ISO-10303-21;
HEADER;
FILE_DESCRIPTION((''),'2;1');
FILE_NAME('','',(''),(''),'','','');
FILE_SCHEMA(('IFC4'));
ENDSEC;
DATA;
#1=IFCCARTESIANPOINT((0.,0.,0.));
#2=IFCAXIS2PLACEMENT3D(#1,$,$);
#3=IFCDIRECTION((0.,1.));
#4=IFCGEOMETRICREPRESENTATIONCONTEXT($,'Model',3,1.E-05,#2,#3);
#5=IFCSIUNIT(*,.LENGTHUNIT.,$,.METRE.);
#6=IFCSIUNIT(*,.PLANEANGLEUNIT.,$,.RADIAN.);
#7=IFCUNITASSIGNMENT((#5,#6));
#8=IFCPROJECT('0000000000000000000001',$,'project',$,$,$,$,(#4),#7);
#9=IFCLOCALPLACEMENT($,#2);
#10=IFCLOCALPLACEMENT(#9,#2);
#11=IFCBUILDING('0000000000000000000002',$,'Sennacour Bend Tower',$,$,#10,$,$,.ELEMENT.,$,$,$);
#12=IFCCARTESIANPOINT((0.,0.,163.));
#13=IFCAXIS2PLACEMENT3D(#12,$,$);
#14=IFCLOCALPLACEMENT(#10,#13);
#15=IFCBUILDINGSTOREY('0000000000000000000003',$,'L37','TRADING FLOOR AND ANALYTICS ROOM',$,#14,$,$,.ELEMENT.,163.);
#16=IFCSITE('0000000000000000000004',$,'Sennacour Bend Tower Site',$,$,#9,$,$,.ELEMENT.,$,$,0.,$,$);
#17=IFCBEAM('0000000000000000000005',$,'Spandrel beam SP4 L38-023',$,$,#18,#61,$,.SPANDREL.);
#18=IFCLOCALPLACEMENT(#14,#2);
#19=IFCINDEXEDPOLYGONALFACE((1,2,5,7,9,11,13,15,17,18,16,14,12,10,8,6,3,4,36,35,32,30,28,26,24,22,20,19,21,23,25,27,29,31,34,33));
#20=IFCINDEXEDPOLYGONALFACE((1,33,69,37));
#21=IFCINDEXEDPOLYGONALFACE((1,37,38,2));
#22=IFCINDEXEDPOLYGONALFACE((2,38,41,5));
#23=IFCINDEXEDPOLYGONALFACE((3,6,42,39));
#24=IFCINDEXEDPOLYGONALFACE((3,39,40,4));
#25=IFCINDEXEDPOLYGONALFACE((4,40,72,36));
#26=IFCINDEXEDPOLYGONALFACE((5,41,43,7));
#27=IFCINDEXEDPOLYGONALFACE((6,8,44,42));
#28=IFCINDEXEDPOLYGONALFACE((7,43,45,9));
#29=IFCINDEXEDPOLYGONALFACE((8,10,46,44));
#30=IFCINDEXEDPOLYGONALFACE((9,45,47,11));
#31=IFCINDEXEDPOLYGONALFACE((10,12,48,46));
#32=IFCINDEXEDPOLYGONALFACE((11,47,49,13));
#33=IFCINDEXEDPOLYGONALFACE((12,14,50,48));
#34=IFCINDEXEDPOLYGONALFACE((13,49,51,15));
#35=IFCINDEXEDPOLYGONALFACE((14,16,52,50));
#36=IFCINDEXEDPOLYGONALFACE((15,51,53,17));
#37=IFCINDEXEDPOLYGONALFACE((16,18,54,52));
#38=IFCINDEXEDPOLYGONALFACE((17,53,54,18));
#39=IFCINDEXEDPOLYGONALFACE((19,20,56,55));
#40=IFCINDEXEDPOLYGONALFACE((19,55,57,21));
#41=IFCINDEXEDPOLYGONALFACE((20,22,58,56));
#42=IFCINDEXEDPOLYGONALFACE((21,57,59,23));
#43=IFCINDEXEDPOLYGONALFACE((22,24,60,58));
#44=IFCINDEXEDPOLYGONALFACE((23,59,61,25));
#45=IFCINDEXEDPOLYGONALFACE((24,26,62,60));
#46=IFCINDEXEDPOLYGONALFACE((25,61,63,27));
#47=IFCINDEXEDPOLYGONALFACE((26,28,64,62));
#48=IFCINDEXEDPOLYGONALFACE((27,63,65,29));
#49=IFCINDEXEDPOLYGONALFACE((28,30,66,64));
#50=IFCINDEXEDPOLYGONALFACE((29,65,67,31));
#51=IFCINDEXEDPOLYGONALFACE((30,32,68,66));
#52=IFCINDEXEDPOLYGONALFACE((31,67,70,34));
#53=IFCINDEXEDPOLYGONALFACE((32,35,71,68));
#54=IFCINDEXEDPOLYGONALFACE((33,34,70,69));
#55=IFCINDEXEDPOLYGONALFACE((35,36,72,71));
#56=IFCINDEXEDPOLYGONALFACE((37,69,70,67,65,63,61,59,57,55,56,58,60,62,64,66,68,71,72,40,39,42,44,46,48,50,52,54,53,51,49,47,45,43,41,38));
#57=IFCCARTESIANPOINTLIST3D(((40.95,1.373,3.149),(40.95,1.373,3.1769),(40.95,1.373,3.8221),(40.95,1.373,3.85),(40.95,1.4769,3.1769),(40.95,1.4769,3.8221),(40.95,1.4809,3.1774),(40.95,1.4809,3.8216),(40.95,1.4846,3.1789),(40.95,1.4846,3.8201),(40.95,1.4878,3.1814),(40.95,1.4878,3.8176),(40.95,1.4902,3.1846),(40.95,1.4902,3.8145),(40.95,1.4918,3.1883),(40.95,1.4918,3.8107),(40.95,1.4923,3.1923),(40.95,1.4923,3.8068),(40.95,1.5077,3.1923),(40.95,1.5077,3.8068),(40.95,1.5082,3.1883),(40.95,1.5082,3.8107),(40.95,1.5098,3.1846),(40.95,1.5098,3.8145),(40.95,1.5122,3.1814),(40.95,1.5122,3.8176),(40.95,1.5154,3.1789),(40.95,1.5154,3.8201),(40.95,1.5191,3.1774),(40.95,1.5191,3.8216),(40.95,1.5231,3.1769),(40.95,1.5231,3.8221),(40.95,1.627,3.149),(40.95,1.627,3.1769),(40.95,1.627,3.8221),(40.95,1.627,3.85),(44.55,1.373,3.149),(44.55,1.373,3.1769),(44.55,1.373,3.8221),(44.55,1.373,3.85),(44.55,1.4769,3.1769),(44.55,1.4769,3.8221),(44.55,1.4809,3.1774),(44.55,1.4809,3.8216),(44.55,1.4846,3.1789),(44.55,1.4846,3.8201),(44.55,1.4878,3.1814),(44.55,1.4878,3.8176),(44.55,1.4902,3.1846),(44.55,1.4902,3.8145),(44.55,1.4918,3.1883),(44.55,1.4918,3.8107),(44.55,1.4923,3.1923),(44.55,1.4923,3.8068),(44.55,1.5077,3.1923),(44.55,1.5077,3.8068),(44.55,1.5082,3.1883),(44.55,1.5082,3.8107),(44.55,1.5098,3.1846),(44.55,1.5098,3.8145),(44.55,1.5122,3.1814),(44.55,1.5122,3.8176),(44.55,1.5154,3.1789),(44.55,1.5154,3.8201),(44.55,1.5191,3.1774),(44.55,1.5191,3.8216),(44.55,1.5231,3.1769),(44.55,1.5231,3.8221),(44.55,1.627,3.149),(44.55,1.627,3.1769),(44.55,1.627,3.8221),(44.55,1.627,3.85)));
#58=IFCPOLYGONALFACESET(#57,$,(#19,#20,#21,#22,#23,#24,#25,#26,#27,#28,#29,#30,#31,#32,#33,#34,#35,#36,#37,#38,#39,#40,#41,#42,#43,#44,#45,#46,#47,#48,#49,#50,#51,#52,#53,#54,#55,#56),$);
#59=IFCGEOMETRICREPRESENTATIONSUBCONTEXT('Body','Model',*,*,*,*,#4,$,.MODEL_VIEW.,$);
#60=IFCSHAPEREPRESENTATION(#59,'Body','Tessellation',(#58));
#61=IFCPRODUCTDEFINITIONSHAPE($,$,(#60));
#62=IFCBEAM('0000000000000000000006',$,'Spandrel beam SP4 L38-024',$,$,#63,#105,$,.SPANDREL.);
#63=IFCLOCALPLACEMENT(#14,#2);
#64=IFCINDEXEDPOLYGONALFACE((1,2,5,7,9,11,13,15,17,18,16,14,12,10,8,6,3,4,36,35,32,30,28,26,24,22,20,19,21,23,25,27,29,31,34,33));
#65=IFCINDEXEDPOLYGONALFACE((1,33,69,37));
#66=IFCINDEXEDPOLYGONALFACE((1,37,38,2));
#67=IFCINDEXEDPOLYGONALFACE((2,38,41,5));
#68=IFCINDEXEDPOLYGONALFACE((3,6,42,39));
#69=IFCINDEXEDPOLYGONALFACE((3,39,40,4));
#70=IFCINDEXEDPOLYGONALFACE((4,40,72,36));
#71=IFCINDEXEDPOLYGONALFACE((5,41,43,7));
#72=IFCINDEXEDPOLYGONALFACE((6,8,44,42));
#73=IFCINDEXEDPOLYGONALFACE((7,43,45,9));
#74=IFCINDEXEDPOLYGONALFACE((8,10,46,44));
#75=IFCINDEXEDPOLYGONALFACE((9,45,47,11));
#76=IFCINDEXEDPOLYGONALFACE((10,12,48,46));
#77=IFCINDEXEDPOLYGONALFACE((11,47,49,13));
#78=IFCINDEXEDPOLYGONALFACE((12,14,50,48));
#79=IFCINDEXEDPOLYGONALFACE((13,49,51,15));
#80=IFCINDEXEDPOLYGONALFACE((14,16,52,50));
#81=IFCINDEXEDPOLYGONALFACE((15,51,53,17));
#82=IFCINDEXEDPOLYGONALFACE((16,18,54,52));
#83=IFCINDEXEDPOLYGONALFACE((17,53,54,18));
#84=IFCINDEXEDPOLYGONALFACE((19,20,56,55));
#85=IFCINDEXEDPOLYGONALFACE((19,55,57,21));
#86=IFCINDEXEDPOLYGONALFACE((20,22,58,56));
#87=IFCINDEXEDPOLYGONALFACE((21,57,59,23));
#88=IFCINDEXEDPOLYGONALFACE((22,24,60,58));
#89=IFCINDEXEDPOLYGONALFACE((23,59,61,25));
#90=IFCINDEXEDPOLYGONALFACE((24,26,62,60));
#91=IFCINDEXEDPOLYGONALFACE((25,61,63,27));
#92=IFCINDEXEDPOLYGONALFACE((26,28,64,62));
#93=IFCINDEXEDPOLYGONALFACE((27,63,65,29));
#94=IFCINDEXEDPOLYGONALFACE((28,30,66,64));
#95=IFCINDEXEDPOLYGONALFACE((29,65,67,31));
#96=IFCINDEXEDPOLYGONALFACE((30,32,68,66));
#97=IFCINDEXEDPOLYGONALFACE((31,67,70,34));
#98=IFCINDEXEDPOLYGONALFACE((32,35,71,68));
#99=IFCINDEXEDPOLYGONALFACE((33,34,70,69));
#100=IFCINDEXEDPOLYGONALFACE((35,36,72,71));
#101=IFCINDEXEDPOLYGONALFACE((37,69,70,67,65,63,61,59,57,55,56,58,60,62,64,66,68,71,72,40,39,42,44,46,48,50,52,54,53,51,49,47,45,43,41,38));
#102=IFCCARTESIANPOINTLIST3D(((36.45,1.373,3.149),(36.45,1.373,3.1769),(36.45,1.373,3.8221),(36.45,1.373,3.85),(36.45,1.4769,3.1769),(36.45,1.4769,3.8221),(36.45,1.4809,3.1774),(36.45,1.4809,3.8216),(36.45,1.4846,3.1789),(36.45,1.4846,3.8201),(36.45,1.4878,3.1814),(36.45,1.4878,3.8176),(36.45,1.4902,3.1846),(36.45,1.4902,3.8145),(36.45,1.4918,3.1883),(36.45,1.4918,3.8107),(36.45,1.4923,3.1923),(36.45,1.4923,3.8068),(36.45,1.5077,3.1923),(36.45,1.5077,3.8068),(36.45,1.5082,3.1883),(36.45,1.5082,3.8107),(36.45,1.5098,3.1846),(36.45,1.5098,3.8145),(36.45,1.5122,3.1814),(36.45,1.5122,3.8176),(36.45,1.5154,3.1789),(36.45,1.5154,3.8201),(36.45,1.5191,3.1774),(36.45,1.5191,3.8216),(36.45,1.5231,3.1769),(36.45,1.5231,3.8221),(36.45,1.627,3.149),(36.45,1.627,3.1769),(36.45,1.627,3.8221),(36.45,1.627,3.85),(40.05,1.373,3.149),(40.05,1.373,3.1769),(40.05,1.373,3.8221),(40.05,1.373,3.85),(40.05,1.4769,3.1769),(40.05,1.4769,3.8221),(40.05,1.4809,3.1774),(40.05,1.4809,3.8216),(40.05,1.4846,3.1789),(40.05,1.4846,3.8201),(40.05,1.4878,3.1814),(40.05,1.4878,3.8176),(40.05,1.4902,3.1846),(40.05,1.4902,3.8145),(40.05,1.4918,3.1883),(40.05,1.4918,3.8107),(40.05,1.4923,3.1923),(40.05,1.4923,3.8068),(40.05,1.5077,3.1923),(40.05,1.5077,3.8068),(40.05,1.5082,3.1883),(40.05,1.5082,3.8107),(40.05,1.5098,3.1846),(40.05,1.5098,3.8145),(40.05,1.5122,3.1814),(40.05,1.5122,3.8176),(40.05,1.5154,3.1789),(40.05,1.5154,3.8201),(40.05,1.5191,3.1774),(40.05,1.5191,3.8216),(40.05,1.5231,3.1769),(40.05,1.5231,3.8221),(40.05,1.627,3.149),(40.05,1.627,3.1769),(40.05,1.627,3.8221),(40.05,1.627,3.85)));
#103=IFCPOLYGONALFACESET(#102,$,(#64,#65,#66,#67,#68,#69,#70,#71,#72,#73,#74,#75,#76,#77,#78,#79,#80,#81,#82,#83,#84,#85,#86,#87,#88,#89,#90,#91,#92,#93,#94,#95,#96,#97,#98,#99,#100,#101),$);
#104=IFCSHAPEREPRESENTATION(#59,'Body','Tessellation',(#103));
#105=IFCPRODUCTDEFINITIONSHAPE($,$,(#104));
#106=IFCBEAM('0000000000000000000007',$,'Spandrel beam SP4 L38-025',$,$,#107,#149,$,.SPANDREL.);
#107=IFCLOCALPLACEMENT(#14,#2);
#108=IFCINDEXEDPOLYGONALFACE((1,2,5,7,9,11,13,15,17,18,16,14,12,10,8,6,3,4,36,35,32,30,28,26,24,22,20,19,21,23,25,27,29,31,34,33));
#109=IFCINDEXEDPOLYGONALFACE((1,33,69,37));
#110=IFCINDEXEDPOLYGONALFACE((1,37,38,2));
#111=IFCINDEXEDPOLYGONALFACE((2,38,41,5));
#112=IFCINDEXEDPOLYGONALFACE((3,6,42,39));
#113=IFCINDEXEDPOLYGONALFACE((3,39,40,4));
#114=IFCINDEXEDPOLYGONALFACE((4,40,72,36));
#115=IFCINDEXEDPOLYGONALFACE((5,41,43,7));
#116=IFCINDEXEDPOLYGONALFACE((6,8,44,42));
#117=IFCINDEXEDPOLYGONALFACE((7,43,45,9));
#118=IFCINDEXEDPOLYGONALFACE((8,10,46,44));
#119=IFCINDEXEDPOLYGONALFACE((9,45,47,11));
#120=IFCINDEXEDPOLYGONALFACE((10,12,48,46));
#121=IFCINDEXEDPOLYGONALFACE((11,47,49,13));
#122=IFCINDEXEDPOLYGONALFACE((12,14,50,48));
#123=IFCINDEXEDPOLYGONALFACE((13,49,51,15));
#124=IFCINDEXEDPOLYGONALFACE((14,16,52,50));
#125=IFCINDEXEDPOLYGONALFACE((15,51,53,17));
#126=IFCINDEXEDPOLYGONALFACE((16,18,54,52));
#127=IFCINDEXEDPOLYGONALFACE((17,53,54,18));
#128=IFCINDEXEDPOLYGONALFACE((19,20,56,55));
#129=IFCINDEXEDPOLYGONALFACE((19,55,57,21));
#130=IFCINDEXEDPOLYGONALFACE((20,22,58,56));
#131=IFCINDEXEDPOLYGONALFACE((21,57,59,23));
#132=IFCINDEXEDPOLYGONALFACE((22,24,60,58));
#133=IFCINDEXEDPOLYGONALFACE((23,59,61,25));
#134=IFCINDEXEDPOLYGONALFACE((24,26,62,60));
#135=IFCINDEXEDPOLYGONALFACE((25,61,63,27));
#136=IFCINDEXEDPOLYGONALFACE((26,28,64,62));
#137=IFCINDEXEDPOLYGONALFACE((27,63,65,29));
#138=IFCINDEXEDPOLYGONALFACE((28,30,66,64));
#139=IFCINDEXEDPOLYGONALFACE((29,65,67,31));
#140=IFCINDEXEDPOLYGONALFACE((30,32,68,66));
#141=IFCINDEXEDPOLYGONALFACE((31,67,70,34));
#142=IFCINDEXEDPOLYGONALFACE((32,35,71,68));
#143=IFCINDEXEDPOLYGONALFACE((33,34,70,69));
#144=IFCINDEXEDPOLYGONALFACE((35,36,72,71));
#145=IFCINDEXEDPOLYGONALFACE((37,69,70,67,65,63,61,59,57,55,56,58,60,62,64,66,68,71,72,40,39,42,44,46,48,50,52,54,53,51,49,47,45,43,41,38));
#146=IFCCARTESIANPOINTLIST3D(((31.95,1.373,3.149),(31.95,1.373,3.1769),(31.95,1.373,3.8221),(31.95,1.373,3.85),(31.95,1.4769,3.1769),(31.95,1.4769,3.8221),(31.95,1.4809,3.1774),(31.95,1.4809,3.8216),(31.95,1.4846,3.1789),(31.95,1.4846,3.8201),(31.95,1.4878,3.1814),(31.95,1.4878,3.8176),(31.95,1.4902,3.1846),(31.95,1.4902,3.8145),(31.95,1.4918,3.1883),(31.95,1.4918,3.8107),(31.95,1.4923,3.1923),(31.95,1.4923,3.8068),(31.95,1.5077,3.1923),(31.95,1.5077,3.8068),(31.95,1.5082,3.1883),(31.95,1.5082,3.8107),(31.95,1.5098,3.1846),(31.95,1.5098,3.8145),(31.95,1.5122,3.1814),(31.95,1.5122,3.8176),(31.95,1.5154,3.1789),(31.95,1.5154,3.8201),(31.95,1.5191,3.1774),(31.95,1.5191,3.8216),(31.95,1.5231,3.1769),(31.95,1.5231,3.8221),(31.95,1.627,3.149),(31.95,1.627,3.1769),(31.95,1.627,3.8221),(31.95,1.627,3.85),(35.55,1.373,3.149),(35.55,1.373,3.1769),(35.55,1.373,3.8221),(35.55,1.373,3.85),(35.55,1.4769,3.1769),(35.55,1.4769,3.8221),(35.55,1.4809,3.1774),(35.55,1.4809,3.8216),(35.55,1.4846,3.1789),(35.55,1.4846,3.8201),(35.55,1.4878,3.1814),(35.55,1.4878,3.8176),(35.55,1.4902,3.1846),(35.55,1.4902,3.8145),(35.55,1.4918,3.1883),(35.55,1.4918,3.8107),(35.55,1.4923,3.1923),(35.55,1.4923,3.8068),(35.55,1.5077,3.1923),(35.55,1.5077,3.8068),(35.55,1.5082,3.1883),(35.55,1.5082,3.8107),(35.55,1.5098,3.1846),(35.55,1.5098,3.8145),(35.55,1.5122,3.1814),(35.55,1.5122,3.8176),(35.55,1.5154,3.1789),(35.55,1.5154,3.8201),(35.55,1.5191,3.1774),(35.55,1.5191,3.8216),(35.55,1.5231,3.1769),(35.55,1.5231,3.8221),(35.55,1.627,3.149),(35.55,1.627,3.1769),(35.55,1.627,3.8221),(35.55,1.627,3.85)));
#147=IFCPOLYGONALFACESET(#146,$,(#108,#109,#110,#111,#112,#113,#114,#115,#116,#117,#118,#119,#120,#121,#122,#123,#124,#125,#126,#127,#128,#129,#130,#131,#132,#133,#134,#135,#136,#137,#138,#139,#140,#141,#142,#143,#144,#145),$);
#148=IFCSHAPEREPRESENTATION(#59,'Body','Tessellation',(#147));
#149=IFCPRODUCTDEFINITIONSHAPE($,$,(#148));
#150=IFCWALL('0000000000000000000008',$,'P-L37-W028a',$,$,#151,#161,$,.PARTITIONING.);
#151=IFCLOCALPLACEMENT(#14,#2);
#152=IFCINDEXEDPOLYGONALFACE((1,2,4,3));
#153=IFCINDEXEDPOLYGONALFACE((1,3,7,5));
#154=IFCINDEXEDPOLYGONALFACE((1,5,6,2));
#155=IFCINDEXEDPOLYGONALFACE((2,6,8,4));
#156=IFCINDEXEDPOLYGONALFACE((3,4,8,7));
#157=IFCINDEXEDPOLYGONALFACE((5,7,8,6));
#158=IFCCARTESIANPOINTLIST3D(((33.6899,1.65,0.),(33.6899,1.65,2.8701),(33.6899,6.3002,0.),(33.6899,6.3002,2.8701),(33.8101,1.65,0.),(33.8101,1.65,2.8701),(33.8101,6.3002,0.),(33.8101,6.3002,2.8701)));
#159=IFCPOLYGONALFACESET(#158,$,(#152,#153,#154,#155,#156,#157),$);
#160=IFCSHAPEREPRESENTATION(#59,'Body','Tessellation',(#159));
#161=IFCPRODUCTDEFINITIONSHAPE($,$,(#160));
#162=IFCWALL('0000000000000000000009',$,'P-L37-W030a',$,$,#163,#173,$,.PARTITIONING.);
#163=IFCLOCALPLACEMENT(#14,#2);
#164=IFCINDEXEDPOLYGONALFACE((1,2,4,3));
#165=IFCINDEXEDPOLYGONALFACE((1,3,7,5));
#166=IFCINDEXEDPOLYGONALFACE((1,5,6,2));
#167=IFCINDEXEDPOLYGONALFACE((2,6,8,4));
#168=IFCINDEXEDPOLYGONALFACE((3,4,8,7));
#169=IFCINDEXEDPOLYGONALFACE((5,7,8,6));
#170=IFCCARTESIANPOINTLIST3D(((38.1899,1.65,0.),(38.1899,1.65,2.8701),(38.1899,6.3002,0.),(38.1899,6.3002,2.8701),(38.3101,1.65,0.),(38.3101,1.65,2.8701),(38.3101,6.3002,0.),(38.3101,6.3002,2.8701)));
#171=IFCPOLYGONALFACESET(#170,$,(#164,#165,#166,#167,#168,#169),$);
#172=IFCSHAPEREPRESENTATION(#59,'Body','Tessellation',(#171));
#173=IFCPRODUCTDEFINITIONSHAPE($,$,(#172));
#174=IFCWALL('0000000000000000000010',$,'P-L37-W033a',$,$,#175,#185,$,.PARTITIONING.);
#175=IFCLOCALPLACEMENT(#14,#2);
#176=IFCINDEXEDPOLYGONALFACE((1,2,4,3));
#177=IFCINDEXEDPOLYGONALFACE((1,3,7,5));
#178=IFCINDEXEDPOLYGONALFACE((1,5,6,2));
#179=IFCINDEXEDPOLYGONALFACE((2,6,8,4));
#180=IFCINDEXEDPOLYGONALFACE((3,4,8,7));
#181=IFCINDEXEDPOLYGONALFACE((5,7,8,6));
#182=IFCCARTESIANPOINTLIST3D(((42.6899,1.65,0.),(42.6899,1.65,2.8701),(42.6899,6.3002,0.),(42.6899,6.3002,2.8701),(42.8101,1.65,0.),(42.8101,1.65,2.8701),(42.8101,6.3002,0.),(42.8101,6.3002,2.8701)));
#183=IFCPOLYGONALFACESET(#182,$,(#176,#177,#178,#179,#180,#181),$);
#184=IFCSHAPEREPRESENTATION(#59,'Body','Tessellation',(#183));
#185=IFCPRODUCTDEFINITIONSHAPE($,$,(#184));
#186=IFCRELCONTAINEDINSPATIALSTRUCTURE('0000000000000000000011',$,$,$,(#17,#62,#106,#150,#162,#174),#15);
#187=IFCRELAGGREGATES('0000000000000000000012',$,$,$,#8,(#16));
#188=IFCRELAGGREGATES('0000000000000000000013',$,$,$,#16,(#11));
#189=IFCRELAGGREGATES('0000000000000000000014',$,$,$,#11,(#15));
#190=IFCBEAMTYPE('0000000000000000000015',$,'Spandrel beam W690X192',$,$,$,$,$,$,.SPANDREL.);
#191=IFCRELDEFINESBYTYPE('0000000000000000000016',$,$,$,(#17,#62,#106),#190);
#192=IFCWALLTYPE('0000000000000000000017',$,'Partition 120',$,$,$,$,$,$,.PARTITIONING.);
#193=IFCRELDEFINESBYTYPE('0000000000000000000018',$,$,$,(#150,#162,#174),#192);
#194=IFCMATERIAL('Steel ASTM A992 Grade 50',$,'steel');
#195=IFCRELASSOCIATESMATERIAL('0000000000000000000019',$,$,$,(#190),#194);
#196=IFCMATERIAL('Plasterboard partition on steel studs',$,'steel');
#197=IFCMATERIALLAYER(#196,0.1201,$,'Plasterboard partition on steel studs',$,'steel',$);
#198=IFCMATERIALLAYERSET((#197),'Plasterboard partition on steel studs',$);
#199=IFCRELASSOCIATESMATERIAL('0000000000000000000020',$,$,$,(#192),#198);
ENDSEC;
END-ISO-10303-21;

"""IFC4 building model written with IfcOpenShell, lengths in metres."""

from ifc_helpers import new_model, si_unit, direction, frame, frame_2d, origin, origin_2d, place, context, subcontext, project, spatial, rectangle, i_section, extrude, material, layer, layer_set, material_profile, profile_set, type_object, element, save


model = new_model("IFC4")

# Units and contexts
model_context = context("Model", 3, precision=1e-05, world=origin(), true_north=direction((0.0, 1.0)))
body_context = subcontext(model_context, "Body", "Model", "MODEL_VIEW")
ifc_project = project(units=[si_unit("LENGTHUNIT", "METRE"), si_unit("PLANEANGLEUNIT", "RADIAN")], contexts=[model_context])

# Site, building, storey
site_placement = place(None, origin())
site = spatial("IfcSite", under=ifc_project, at=site_placement, Name="Sennacour Bend Tower Site", CompositionType="ELEMENT", RefElevation=0.0)
building_placement = place(site_placement, origin())
building = spatial("IfcBuilding", under=site, at=building_placement, Name="Sennacour Bend Tower", CompositionType="ELEMENT")
storey_placement = place(building_placement, frame((0.0, 0.0, 163.0)))
storey = spatial("IfcBuildingStorey", under=building, at=storey_placement, Name="L37", Description="TRADING FLOOR AND ANALYTICS ROOM", CompositionType="ELEMENT", Elevation=163.0)

# Beams
ifc_material_1 = material(Name="Steel ASTM A992 Grade 50", Category="steel")
ifc_material_profile_1 = material_profile(ifc_material_1, i_section(OverallWidth=0.2539, OverallDepth=0.7009, WebThickness=0.0154, FlangeThickness=0.0278, FilletRadius=0.0154, at=origin_2d()), Name="Steel ASTM A992 Grade 50", Category="steel")
ifc_profile_set_1 = profile_set([ifc_material_profile_1], Name="Steel ASTM A992 Grade 50")
beam_type_1 = type_object("IfcBeamType", Name="Spandrel beam W690X192", PredefinedType="SPANDREL", material=ifc_profile_set_1)
for number, where, z_axis, x_axis, name in (
    (1, (44.55, 1.5, 3.4995), (-1.0, 0.0, 0.0), (0.0, -1.0, 0.0), "Spandrel beam SP4 L38-023"),
    (2, (40.05, 1.5, 3.4995), (-1.0, 0.0, 0.0), (0.0, -1.0, 0.0), "Spandrel beam SP4 L38-024"),
    (3, (35.55, 1.5, 3.4995), (-1.0, 0.0, 0.0), (0.0, -1.0, 0.0), "Spandrel beam SP4 L38-025"),
):
    element("IfcBeam", number, at=place(storey_placement, frame(where, z_axis=z_axis, x_axis=x_axis)), inside=storey, type_object=beam_type_1, Name=name, PredefinedType="SPANDREL", context=body_context, shape_type="SweptSolid", body=[
        extrude(i_section(OverallWidth=0.2539, OverallDepth=0.7009, WebThickness=0.0154, FlangeThickness=0.0278, FilletRadius=0.0154, at=origin_2d()), origin(), (0.0, 0.0, 1.0), 3.6001),
    ])

# Walls
ifc_material_2 = material(Name="Plasterboard partition on steel studs", Category="steel")
ifc_layer_1 = layer(ifc_material_2, 0.1201, Name="Plasterboard partition on steel studs", Category="steel")
ifc_layer_set_1 = layer_set([ifc_layer_1], Name="Plasterboard partition on steel studs")
wall_type_1 = type_object("IfcWallType", Name="Partition 120", PredefinedType="PARTITIONING", material=ifc_layer_set_1)
for number, where, z_axis, x_axis, name in (
    (4, (33.75, 1.6499, 0.0), (0.0, 0.0, 1.0), (0.0, 1.0, 0.0), "P-L37-W028a"),
    (5, (38.25, 1.6499, 0.0), (0.0, 0.0, 1.0), (0.0, 1.0, 0.0), "P-L37-W030a"),
    (6, (42.75, 1.6499, 0.0), (0.0, 0.0, 1.0), (0.0, 1.0, 0.0), "P-L37-W033a"),
):
    element("IfcWall", number, at=place(storey_placement, frame(where, z_axis=z_axis, x_axis=x_axis)), inside=storey, type_object=wall_type_1, Name=name, PredefinedType="PARTITIONING", context=body_context, shape_type="SweptSolid", body=[
        extrude(rectangle(XDim=4.6501, YDim=0.1201, at=frame_2d((2.3252, 0.0))), origin(), (0.0, 0.0, 1.0), 2.8701),
    ])

save(model, "model.ifc")
